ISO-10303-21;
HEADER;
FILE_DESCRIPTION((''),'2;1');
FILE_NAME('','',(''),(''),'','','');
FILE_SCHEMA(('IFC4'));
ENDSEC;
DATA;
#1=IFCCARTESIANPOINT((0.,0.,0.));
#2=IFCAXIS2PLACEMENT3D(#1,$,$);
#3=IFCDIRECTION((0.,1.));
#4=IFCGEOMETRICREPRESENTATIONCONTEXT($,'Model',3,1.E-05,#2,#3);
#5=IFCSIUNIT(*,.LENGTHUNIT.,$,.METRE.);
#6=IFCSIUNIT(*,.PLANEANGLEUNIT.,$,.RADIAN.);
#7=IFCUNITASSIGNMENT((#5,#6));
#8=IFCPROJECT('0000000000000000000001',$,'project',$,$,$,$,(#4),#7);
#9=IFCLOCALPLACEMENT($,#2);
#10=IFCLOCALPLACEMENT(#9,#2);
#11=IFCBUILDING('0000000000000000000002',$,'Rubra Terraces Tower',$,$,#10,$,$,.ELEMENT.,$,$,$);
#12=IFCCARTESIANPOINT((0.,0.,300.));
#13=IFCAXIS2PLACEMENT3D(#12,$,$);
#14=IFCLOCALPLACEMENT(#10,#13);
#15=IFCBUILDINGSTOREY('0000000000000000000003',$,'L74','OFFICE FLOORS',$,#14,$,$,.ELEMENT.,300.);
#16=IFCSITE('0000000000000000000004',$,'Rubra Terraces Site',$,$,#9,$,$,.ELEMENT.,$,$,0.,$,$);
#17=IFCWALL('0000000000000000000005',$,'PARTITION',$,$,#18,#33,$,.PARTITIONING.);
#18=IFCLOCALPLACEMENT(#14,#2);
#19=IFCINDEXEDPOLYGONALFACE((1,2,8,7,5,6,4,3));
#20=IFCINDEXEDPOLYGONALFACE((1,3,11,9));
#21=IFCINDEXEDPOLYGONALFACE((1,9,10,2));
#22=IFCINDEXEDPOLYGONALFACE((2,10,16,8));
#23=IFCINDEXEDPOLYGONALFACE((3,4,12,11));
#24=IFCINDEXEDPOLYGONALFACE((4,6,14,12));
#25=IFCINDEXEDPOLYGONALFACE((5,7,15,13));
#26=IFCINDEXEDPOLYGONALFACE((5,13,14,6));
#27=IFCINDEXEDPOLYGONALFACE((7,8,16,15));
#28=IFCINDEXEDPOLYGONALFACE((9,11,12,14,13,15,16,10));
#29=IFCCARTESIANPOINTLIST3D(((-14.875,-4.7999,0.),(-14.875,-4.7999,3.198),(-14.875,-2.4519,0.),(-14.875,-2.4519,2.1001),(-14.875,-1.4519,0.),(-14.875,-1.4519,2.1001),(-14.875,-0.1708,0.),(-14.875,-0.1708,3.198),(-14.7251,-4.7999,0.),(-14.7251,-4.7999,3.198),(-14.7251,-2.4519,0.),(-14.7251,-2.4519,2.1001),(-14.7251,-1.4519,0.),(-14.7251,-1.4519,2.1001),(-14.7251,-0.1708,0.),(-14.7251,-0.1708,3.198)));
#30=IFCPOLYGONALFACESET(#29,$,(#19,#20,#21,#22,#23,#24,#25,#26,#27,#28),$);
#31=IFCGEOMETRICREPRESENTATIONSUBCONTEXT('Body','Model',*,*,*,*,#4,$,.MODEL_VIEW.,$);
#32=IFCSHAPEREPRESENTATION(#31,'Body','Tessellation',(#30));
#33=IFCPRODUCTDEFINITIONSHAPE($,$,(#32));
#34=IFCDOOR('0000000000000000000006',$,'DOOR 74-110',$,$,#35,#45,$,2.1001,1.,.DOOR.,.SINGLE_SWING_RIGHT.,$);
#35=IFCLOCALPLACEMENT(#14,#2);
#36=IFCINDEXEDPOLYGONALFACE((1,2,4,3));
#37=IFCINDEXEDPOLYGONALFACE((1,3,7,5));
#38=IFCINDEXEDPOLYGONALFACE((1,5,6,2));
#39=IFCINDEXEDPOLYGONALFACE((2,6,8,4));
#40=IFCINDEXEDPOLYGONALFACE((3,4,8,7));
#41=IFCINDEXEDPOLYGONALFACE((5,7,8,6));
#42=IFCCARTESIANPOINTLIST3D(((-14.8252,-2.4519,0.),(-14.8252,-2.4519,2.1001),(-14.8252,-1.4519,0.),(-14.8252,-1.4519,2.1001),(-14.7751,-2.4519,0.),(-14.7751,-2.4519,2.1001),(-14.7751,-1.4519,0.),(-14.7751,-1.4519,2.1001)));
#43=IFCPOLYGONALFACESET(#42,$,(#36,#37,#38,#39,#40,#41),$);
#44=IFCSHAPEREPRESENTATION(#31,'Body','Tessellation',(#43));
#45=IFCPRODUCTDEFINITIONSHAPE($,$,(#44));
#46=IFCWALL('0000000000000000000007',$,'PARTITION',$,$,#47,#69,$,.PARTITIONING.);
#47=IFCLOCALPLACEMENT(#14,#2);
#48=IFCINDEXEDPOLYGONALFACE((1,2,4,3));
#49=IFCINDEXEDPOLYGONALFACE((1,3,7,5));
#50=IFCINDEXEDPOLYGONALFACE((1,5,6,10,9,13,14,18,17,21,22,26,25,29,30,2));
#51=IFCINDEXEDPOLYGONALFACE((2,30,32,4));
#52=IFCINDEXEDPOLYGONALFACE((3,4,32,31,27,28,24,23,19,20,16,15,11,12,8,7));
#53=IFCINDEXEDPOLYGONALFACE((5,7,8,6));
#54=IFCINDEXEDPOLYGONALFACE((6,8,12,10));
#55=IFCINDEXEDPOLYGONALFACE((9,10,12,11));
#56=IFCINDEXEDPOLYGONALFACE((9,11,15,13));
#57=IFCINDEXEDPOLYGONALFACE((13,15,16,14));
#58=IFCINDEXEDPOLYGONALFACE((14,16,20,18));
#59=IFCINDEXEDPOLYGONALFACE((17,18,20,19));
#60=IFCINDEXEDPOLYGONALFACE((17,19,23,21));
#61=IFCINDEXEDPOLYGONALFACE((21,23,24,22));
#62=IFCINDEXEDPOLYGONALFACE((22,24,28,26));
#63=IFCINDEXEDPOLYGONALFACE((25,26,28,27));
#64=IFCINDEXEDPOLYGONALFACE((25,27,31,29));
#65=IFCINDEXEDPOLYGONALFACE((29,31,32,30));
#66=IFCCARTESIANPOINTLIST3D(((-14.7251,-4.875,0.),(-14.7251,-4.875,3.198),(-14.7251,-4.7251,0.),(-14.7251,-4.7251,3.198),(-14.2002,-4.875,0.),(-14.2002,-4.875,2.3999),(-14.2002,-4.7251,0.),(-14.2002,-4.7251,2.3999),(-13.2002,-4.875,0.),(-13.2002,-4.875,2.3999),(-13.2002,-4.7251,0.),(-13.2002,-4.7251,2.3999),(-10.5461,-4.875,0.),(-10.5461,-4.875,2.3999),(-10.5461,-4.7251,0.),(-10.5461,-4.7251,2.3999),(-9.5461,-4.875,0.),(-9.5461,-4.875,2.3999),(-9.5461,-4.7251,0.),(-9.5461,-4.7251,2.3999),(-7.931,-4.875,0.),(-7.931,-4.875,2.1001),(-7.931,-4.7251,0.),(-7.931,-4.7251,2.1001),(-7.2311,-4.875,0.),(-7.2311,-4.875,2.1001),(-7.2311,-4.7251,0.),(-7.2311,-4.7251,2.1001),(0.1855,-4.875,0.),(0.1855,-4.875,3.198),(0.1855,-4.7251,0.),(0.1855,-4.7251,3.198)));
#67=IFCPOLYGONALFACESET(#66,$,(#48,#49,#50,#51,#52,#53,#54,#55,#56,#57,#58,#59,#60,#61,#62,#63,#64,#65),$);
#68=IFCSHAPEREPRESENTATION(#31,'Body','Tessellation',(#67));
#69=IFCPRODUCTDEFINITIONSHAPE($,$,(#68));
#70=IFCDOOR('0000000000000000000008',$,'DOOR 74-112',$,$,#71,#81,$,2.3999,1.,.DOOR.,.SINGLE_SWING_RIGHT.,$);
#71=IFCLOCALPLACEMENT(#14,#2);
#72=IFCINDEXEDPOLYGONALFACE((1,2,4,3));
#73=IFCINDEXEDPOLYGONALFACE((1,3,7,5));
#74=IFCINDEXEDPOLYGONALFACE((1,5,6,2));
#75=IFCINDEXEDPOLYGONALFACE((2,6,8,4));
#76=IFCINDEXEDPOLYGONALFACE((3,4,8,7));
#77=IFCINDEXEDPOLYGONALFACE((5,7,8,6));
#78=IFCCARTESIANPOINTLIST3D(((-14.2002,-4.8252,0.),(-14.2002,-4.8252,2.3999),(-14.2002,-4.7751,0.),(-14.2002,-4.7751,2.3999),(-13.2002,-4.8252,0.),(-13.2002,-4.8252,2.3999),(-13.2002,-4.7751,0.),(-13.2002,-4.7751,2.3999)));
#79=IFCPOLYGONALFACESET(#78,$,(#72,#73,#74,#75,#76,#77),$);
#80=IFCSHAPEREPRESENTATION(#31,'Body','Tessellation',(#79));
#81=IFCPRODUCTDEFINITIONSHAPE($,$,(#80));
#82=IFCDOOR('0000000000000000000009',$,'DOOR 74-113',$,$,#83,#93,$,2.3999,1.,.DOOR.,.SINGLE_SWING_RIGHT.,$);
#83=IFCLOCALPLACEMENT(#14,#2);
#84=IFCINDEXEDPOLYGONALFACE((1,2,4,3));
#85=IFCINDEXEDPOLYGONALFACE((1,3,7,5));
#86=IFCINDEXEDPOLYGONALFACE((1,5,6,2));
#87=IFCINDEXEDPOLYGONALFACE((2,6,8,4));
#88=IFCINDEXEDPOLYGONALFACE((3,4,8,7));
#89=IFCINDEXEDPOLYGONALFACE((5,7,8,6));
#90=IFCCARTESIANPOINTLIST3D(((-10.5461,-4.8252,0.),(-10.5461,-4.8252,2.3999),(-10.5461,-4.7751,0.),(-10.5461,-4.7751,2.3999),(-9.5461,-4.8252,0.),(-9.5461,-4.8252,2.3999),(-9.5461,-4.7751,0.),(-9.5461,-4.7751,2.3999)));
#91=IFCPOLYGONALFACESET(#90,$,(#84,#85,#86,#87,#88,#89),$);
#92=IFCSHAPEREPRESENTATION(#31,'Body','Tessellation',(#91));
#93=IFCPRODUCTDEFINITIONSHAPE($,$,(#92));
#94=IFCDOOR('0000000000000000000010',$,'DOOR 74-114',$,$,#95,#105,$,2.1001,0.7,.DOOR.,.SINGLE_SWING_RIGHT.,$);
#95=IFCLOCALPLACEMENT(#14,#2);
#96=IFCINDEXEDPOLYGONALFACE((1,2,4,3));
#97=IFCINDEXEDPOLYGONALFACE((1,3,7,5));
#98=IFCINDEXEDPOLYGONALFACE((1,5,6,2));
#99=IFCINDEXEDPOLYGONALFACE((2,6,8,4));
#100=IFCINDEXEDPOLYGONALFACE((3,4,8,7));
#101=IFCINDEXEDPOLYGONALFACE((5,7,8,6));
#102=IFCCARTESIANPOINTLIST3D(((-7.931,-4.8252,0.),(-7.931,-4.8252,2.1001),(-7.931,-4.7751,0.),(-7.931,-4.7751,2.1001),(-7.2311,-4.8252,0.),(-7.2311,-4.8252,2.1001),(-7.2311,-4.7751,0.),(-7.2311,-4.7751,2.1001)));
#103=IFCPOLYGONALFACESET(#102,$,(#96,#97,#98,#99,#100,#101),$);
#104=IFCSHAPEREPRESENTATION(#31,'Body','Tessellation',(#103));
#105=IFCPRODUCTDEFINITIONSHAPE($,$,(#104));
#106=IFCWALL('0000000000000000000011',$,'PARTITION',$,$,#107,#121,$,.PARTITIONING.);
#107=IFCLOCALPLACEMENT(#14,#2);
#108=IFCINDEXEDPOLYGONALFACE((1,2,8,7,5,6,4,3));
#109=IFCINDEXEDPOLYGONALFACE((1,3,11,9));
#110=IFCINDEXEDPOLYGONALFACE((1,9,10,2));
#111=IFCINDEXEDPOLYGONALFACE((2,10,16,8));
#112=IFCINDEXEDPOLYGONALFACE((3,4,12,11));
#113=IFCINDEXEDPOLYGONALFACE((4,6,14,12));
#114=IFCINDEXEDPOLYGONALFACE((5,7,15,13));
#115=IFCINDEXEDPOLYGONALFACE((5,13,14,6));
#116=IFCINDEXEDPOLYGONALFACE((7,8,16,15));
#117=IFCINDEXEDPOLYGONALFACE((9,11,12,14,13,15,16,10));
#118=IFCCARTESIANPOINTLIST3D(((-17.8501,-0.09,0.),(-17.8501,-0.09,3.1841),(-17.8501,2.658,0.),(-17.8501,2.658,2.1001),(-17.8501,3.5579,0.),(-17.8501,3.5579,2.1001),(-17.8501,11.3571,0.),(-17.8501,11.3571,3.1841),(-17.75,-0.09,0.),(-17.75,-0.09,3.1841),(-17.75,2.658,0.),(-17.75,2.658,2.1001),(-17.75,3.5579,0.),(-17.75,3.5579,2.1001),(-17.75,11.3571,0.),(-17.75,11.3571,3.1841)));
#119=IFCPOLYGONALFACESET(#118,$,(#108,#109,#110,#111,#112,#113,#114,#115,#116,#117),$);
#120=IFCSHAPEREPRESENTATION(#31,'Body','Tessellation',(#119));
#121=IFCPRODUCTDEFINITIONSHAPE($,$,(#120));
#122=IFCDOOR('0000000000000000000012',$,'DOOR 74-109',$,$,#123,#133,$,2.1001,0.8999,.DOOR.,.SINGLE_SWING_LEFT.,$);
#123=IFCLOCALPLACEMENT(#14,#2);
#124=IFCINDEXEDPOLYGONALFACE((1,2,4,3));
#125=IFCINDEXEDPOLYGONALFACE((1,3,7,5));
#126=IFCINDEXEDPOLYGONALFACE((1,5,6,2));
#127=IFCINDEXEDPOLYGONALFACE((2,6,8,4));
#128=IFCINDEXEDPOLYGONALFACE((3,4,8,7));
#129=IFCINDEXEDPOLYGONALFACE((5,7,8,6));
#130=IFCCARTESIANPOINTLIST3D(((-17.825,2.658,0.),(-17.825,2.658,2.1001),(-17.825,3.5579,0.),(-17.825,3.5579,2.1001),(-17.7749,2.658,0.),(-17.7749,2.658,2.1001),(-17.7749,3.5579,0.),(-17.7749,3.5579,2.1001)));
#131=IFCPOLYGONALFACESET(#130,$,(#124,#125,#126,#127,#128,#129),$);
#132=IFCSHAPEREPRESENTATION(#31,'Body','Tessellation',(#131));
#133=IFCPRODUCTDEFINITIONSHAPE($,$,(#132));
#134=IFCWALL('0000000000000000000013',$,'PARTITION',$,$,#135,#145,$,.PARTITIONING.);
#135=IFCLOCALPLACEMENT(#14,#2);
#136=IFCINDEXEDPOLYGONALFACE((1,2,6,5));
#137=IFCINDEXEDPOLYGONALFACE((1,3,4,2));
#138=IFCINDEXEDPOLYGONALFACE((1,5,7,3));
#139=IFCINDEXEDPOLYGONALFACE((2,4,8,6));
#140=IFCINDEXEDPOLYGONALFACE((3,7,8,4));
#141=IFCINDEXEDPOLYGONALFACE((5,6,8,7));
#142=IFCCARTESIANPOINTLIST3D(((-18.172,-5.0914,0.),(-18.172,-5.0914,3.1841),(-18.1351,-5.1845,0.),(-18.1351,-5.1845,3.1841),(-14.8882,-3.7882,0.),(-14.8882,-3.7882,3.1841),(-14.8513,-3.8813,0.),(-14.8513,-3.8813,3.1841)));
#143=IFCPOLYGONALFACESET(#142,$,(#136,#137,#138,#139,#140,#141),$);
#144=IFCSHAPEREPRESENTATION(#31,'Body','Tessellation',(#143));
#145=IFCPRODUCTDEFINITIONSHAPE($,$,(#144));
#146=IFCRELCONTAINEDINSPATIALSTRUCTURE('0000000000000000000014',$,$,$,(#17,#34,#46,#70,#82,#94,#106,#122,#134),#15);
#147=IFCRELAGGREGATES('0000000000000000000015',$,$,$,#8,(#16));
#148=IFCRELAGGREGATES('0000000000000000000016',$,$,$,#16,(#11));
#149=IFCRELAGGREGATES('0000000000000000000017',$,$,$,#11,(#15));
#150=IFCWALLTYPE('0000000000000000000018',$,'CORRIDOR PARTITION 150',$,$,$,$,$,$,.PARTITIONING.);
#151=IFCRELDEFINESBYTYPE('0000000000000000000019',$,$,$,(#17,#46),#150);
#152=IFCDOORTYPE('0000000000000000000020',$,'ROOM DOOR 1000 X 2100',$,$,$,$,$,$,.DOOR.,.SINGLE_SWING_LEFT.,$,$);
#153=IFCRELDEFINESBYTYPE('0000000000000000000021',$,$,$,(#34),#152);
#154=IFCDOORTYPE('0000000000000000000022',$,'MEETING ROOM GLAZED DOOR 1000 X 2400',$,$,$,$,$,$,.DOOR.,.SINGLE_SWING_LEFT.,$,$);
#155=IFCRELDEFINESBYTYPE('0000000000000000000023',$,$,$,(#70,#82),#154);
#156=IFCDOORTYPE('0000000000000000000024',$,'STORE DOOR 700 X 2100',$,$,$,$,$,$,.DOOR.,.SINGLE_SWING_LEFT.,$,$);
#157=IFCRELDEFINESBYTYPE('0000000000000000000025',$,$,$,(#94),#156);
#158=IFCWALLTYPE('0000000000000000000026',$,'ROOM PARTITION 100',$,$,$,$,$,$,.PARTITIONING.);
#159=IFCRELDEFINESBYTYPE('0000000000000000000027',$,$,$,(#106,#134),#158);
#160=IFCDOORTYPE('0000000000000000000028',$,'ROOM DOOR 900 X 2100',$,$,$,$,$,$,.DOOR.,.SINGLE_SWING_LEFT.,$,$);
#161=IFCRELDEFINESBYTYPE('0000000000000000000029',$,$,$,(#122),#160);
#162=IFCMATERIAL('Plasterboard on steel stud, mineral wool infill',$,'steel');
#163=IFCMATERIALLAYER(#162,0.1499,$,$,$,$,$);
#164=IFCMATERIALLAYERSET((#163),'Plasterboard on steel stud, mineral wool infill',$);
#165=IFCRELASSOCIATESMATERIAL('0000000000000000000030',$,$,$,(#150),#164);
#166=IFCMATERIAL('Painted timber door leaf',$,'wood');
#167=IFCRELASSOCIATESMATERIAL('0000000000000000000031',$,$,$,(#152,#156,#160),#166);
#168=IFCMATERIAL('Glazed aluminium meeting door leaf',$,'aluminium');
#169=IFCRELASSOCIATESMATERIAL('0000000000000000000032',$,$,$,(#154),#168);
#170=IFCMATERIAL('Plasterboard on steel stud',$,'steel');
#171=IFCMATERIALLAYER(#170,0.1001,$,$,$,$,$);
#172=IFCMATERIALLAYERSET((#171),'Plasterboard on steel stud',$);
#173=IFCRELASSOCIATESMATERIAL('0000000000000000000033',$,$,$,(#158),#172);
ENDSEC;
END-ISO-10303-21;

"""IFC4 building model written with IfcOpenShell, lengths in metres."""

from ifc_helpers import new_model, si_unit, direction, frame, frame_2d, origin, place, context, subcontext, project, spatial, rectangle, extrude, material, layer, layer_set, type_object, element, fill, save


model = new_model("IFC4")

# Units and contexts
model_context = context("Model", 3, precision=1e-05, world=origin(), true_north=direction((0.0, 1.0)))
body_context = subcontext(model_context, "Body", "Model", "MODEL_VIEW")
ifc_project = project(units=[si_unit("LENGTHUNIT", "METRE"), si_unit("PLANEANGLEUNIT", "RADIAN")], contexts=[model_context])

# Site, building, storey
site_placement = place(None, origin())
site = spatial("IfcSite", under=ifc_project, at=site_placement, Name="Rubra Terraces Site", CompositionType="ELEMENT", RefElevation=0.0)
building_placement = place(site_placement, origin())
building = spatial("IfcBuilding", under=site, at=building_placement, Name="Rubra Terraces Tower", CompositionType="ELEMENT")
storey_placement = place(building_placement, frame((0.0, 0.0, 300.0)))
storey = spatial("IfcBuildingStorey", under=building, at=storey_placement, Name="L74", Description="OFFICE FLOORS", CompositionType="ELEMENT", Elevation=300.0)

# Wall, opening, door
ifc_material_1 = material(Name="Plasterboard on steel stud, mineral wool infill", Category="steel")
ifc_layer_1 = layer(ifc_material_1, 0.1499)
ifc_layer_set_1 = layer_set([ifc_layer_1], Name="Plasterboard on steel stud, mineral wool infill")
wall_type_1 = type_object("IfcWallType", Name="CORRIDOR PARTITION 150", PredefinedType="PARTITIONING", material=ifc_layer_set_1)
wall_1_placement = place(storey_placement, frame((-14.8, -0.1709, 0.0), z_axis=(0.0, 0.0, 1.0), x_axis=(0.0, -1.0, 0.0)))
wall_1 = element("IfcWall", 1, at=wall_1_placement, inside=storey, type_object=wall_type_1, Name="PARTITION", PredefinedType="PARTITIONING", context=body_context, shape_type="SweptSolid", body=[
    extrude(rectangle(XDim=4.6292, YDim=0.1499, at=frame_2d((2.3145, 0.0))), origin(), (0.0, 0.0, 1.0), 3.198),
])
opening_1_placement = place(wall_1_placement, frame((1.281, 0.0, 0.0)))
opening_1 = element("IfcOpeningElement", 2, at=opening_1_placement, cuts=wall_1, PredefinedType="OPENING", context=body_context, shape_type="SweptSolid", body=[
    extrude(rectangle(XDim=1.0, YDim=2.1001, at=frame_2d((0.5, 1.05))), frame((0.0, 0.085, 0.0), z_axis=(0.0, -1.0, 0.0), x_axis=(1.0, 0.0, 0.0)), (0.0, 0.0, 1.0), 0.1699),
])
ifc_material_2 = material(Name="Painted timber door leaf", Category="wood")
door_type_1 = type_object("IfcDoorType", Name="ROOM DOOR 1000 X 2100", OperationType="SINGLE_SWING_LEFT", PredefinedType="DOOR", material=ifc_material_2)
door_1_placement = place(opening_1_placement, origin())
door_1 = element("IfcDoor", 3, at=door_1_placement, inside=storey, type_object=door_type_1, Name="DOOR 74-110", OperationType="SINGLE_SWING_RIGHT", OverallHeight=2.1001, OverallWidth=1.0, PredefinedType="DOOR", context=body_context, shape_type="SweptSolid", body=[
    extrude(rectangle(XDim=1.0, YDim=2.1001, at=frame_2d((0.5, 1.05))), frame((0.0, 0.0249, 0.0), z_axis=(0.0, -1.0, 0.0), x_axis=(1.0, 0.0, 0.0)), (0.0, 0.0, 1.0), 0.05),
])
fill(opening_1, door_1)

# Wall, openings, doors
wall_2_placement = place(storey_placement, frame((-14.7251, -4.8, 0.0), z_axis=(0.0, 0.0, 1.0), x_axis=(1.0, 0.0, 0.0)))
wall_2 = element("IfcWall", 4, at=wall_2_placement, inside=storey, type_object=wall_type_1, Name="PARTITION", PredefinedType="PARTITIONING", context=body_context, shape_type="SweptSolid", body=[
    extrude(rectangle(XDim=14.9106, YDim=0.1499, at=frame_2d((7.4553, 0.0))), origin(), (0.0, 0.0, 1.0), 3.198),
])
opening_2_placement = place(wall_2_placement, frame((0.5249, 0.0, 0.0)))
opening_2 = element("IfcOpeningElement", 5, at=opening_2_placement, cuts=wall_2, PredefinedType="OPENING", context=body_context, shape_type="SweptSolid", body=[
    extrude(rectangle(XDim=1.0, YDim=2.3999, at=frame_2d((0.5, 1.2))), frame((0.0, 0.085, 0.0), z_axis=(0.0, -1.0, 0.0), x_axis=(1.0, 0.0, 0.0)), (0.0, 0.0, 1.0), 0.1699),
])
opening_3_placement = place(wall_2_placement, frame((4.179, 0.0, 0.0)))
opening_3 = element("IfcOpeningElement", 6, at=opening_3_placement, cuts=wall_2, PredefinedType="OPENING", context=body_context, shape_type="SweptSolid", body=[
    extrude(rectangle(XDim=1.0, YDim=2.3999, at=frame_2d((0.5, 1.2))), frame((0.0, 0.085, 0.0), z_axis=(0.0, -1.0, 0.0), x_axis=(1.0, 0.0, 0.0)), (0.0, 0.0, 1.0), 0.1699),
])
opening_4_placement = place(wall_2_placement, frame((6.7939, 0.0, 0.0)))
opening_4 = element("IfcOpeningElement", 7, at=opening_4_placement, cuts=wall_2, PredefinedType="OPENING", context=body_context, shape_type="SweptSolid", body=[
    extrude(rectangle(XDim=0.7, YDim=2.1001, at=frame_2d((0.3501, 1.05))), frame((0.0, 0.085, 0.0), z_axis=(0.0, -1.0, 0.0), x_axis=(1.0, 0.0, 0.0)), (0.0, 0.0, 1.0), 0.1699),
])
ifc_material_3 = material(Name="Glazed aluminium meeting door leaf", Category="aluminium")
door_type_2 = type_object("IfcDoorType", Name="MEETING ROOM GLAZED DOOR 1000 X 2400", OperationType="SINGLE_SWING_LEFT", PredefinedType="DOOR", material=ifc_material_3)
door_2_placement = place(opening_2_placement, origin())
door_2 = element("IfcDoor", 8, at=door_2_placement, inside=storey, type_object=door_type_2, Name="DOOR 74-112", OperationType="SINGLE_SWING_RIGHT", OverallHeight=2.3999, OverallWidth=1.0, PredefinedType="DOOR", context=body_context, shape_type="SweptSolid", body=[
    extrude(rectangle(XDim=1.0, YDim=2.3999, at=frame_2d((0.5, 1.2))), frame((0.0, 0.0249, 0.0), z_axis=(0.0, -1.0, 0.0), x_axis=(1.0, 0.0, 0.0)), (0.0, 0.0, 1.0), 0.05),
])
fill(opening_2, door_2)
door_3_placement = place(opening_3_placement, origin())
door_3 = element("IfcDoor", 9, at=door_3_placement, inside=storey, type_object=door_type_2, Name="DOOR 74-113", OperationType="SINGLE_SWING_RIGHT", OverallHeight=2.3999, OverallWidth=1.0, PredefinedType="DOOR", context=body_context, shape_type="SweptSolid", body=[
    extrude(rectangle(XDim=1.0, YDim=2.3999, at=frame_2d((0.5, 1.2))), frame((0.0, 0.0249, 0.0), z_axis=(0.0, -1.0, 0.0), x_axis=(1.0, 0.0, 0.0)), (0.0, 0.0, 1.0), 0.05),
])
fill(opening_3, door_3)
door_type_3 = type_object("IfcDoorType", Name="STORE DOOR 700 X 2100", OperationType="SINGLE_SWING_LEFT", PredefinedType="DOOR", material=ifc_material_2)
door_4_placement = place(opening_4_placement, origin())
door_4 = element("IfcDoor", 10, at=door_4_placement, inside=storey, type_object=door_type_3, Name="DOOR 74-114", OperationType="SINGLE_SWING_RIGHT", OverallHeight=2.1001, OverallWidth=0.7, PredefinedType="DOOR", context=body_context, shape_type="SweptSolid", body=[
    extrude(rectangle(XDim=0.7, YDim=2.1001, at=frame_2d((0.3501, 1.05))), frame((0.0, 0.0249, 0.0), z_axis=(0.0, -1.0, 0.0), x_axis=(1.0, 0.0, 0.0)), (0.0, 0.0, 1.0), 0.05),
])
fill(opening_4, door_4)

# Wall, opening, door
ifc_material_4 = material(Name="Plasterboard on steel stud", Category="steel")
ifc_layer_2 = layer(ifc_material_4, 0.1001)
ifc_layer_set_2 = layer_set([ifc_layer_2], Name="Plasterboard on steel stud")
wall_type_2 = type_object("IfcWallType", Name="ROOM PARTITION 100", PredefinedType="PARTITIONING", material=ifc_layer_set_2)
wall_3_placement = place(storey_placement, frame((-17.8, -0.0901, 0.0), z_axis=(0.0, 0.0, 1.0), x_axis=(0.0, 1.0, 0.0)))
wall_3 = element("IfcWall", 11, at=wall_3_placement, inside=storey, type_object=wall_type_2, Name="PARTITION", PredefinedType="PARTITIONING", context=body_context, shape_type="SweptSolid", body=[
    extrude(rectangle(XDim=11.447, YDim=0.1001, at=frame_2d((5.7236, 0.0))), origin(), (0.0, 0.0, 1.0), 3.1841),
])
opening_5_placement = place(wall_3_placement, frame((2.748, 0.0, 0.0)))
opening_5 = element("IfcOpeningElement", 12, at=opening_5_placement, cuts=wall_3, PredefinedType="OPENING", context=body_context, shape_type="SweptSolid", body=[
    extrude(rectangle(XDim=0.8999, YDim=2.1001, at=frame_2d((0.45, 1.05))), frame((0.0, 0.0601, 0.0), z_axis=(0.0, -1.0, 0.0), x_axis=(1.0, 0.0, 0.0)), (0.0, 0.0, 1.0), 0.1201),
])
door_type_4 = type_object("IfcDoorType", Name="ROOM DOOR 900 X 2100", OperationType="SINGLE_SWING_LEFT", PredefinedType="DOOR", material=ifc_material_2)
door_5_placement = place(opening_5_placement, origin())
door_5 = element("IfcDoor", 13, at=door_5_placement, inside=storey, type_object=door_type_4, Name="DOOR 74-109", OperationType="SINGLE_SWING_LEFT", OverallHeight=2.1001, OverallWidth=0.8999, PredefinedType="DOOR", context=body_context, shape_type="SweptSolid", body=[
    extrude(rectangle(XDim=0.8999, YDim=2.1001, at=frame_2d((0.45, 1.05))), frame((0.0, 0.0249, 0.0), z_axis=(0.0, -1.0, 0.0), x_axis=(1.0, 0.0, 0.0)), (0.0, 0.0, 1.0), 0.05),
])
fill(opening_5, door_5)

# Wall
wall_4_placement = place(storey_placement, frame((-14.8696, -3.8347, 0.0), z_axis=(0.0, 0.0, 1.0), x_axis=(-0.929484, -0.368864, 0.0)))
element("IfcWall", 14, at=wall_4_placement, inside=storey, type_object=wall_type_2, Name="PARTITION", PredefinedType="PARTITIONING", context=body_context, shape_type="SweptSolid", body=[
    extrude(rectangle(XDim=3.533, YDim=0.1001, at=frame_2d((1.7666, 0.0))), origin(), (0.0, 0.0, 1.0), 3.1841),
])

save(model, "model.ifc")
